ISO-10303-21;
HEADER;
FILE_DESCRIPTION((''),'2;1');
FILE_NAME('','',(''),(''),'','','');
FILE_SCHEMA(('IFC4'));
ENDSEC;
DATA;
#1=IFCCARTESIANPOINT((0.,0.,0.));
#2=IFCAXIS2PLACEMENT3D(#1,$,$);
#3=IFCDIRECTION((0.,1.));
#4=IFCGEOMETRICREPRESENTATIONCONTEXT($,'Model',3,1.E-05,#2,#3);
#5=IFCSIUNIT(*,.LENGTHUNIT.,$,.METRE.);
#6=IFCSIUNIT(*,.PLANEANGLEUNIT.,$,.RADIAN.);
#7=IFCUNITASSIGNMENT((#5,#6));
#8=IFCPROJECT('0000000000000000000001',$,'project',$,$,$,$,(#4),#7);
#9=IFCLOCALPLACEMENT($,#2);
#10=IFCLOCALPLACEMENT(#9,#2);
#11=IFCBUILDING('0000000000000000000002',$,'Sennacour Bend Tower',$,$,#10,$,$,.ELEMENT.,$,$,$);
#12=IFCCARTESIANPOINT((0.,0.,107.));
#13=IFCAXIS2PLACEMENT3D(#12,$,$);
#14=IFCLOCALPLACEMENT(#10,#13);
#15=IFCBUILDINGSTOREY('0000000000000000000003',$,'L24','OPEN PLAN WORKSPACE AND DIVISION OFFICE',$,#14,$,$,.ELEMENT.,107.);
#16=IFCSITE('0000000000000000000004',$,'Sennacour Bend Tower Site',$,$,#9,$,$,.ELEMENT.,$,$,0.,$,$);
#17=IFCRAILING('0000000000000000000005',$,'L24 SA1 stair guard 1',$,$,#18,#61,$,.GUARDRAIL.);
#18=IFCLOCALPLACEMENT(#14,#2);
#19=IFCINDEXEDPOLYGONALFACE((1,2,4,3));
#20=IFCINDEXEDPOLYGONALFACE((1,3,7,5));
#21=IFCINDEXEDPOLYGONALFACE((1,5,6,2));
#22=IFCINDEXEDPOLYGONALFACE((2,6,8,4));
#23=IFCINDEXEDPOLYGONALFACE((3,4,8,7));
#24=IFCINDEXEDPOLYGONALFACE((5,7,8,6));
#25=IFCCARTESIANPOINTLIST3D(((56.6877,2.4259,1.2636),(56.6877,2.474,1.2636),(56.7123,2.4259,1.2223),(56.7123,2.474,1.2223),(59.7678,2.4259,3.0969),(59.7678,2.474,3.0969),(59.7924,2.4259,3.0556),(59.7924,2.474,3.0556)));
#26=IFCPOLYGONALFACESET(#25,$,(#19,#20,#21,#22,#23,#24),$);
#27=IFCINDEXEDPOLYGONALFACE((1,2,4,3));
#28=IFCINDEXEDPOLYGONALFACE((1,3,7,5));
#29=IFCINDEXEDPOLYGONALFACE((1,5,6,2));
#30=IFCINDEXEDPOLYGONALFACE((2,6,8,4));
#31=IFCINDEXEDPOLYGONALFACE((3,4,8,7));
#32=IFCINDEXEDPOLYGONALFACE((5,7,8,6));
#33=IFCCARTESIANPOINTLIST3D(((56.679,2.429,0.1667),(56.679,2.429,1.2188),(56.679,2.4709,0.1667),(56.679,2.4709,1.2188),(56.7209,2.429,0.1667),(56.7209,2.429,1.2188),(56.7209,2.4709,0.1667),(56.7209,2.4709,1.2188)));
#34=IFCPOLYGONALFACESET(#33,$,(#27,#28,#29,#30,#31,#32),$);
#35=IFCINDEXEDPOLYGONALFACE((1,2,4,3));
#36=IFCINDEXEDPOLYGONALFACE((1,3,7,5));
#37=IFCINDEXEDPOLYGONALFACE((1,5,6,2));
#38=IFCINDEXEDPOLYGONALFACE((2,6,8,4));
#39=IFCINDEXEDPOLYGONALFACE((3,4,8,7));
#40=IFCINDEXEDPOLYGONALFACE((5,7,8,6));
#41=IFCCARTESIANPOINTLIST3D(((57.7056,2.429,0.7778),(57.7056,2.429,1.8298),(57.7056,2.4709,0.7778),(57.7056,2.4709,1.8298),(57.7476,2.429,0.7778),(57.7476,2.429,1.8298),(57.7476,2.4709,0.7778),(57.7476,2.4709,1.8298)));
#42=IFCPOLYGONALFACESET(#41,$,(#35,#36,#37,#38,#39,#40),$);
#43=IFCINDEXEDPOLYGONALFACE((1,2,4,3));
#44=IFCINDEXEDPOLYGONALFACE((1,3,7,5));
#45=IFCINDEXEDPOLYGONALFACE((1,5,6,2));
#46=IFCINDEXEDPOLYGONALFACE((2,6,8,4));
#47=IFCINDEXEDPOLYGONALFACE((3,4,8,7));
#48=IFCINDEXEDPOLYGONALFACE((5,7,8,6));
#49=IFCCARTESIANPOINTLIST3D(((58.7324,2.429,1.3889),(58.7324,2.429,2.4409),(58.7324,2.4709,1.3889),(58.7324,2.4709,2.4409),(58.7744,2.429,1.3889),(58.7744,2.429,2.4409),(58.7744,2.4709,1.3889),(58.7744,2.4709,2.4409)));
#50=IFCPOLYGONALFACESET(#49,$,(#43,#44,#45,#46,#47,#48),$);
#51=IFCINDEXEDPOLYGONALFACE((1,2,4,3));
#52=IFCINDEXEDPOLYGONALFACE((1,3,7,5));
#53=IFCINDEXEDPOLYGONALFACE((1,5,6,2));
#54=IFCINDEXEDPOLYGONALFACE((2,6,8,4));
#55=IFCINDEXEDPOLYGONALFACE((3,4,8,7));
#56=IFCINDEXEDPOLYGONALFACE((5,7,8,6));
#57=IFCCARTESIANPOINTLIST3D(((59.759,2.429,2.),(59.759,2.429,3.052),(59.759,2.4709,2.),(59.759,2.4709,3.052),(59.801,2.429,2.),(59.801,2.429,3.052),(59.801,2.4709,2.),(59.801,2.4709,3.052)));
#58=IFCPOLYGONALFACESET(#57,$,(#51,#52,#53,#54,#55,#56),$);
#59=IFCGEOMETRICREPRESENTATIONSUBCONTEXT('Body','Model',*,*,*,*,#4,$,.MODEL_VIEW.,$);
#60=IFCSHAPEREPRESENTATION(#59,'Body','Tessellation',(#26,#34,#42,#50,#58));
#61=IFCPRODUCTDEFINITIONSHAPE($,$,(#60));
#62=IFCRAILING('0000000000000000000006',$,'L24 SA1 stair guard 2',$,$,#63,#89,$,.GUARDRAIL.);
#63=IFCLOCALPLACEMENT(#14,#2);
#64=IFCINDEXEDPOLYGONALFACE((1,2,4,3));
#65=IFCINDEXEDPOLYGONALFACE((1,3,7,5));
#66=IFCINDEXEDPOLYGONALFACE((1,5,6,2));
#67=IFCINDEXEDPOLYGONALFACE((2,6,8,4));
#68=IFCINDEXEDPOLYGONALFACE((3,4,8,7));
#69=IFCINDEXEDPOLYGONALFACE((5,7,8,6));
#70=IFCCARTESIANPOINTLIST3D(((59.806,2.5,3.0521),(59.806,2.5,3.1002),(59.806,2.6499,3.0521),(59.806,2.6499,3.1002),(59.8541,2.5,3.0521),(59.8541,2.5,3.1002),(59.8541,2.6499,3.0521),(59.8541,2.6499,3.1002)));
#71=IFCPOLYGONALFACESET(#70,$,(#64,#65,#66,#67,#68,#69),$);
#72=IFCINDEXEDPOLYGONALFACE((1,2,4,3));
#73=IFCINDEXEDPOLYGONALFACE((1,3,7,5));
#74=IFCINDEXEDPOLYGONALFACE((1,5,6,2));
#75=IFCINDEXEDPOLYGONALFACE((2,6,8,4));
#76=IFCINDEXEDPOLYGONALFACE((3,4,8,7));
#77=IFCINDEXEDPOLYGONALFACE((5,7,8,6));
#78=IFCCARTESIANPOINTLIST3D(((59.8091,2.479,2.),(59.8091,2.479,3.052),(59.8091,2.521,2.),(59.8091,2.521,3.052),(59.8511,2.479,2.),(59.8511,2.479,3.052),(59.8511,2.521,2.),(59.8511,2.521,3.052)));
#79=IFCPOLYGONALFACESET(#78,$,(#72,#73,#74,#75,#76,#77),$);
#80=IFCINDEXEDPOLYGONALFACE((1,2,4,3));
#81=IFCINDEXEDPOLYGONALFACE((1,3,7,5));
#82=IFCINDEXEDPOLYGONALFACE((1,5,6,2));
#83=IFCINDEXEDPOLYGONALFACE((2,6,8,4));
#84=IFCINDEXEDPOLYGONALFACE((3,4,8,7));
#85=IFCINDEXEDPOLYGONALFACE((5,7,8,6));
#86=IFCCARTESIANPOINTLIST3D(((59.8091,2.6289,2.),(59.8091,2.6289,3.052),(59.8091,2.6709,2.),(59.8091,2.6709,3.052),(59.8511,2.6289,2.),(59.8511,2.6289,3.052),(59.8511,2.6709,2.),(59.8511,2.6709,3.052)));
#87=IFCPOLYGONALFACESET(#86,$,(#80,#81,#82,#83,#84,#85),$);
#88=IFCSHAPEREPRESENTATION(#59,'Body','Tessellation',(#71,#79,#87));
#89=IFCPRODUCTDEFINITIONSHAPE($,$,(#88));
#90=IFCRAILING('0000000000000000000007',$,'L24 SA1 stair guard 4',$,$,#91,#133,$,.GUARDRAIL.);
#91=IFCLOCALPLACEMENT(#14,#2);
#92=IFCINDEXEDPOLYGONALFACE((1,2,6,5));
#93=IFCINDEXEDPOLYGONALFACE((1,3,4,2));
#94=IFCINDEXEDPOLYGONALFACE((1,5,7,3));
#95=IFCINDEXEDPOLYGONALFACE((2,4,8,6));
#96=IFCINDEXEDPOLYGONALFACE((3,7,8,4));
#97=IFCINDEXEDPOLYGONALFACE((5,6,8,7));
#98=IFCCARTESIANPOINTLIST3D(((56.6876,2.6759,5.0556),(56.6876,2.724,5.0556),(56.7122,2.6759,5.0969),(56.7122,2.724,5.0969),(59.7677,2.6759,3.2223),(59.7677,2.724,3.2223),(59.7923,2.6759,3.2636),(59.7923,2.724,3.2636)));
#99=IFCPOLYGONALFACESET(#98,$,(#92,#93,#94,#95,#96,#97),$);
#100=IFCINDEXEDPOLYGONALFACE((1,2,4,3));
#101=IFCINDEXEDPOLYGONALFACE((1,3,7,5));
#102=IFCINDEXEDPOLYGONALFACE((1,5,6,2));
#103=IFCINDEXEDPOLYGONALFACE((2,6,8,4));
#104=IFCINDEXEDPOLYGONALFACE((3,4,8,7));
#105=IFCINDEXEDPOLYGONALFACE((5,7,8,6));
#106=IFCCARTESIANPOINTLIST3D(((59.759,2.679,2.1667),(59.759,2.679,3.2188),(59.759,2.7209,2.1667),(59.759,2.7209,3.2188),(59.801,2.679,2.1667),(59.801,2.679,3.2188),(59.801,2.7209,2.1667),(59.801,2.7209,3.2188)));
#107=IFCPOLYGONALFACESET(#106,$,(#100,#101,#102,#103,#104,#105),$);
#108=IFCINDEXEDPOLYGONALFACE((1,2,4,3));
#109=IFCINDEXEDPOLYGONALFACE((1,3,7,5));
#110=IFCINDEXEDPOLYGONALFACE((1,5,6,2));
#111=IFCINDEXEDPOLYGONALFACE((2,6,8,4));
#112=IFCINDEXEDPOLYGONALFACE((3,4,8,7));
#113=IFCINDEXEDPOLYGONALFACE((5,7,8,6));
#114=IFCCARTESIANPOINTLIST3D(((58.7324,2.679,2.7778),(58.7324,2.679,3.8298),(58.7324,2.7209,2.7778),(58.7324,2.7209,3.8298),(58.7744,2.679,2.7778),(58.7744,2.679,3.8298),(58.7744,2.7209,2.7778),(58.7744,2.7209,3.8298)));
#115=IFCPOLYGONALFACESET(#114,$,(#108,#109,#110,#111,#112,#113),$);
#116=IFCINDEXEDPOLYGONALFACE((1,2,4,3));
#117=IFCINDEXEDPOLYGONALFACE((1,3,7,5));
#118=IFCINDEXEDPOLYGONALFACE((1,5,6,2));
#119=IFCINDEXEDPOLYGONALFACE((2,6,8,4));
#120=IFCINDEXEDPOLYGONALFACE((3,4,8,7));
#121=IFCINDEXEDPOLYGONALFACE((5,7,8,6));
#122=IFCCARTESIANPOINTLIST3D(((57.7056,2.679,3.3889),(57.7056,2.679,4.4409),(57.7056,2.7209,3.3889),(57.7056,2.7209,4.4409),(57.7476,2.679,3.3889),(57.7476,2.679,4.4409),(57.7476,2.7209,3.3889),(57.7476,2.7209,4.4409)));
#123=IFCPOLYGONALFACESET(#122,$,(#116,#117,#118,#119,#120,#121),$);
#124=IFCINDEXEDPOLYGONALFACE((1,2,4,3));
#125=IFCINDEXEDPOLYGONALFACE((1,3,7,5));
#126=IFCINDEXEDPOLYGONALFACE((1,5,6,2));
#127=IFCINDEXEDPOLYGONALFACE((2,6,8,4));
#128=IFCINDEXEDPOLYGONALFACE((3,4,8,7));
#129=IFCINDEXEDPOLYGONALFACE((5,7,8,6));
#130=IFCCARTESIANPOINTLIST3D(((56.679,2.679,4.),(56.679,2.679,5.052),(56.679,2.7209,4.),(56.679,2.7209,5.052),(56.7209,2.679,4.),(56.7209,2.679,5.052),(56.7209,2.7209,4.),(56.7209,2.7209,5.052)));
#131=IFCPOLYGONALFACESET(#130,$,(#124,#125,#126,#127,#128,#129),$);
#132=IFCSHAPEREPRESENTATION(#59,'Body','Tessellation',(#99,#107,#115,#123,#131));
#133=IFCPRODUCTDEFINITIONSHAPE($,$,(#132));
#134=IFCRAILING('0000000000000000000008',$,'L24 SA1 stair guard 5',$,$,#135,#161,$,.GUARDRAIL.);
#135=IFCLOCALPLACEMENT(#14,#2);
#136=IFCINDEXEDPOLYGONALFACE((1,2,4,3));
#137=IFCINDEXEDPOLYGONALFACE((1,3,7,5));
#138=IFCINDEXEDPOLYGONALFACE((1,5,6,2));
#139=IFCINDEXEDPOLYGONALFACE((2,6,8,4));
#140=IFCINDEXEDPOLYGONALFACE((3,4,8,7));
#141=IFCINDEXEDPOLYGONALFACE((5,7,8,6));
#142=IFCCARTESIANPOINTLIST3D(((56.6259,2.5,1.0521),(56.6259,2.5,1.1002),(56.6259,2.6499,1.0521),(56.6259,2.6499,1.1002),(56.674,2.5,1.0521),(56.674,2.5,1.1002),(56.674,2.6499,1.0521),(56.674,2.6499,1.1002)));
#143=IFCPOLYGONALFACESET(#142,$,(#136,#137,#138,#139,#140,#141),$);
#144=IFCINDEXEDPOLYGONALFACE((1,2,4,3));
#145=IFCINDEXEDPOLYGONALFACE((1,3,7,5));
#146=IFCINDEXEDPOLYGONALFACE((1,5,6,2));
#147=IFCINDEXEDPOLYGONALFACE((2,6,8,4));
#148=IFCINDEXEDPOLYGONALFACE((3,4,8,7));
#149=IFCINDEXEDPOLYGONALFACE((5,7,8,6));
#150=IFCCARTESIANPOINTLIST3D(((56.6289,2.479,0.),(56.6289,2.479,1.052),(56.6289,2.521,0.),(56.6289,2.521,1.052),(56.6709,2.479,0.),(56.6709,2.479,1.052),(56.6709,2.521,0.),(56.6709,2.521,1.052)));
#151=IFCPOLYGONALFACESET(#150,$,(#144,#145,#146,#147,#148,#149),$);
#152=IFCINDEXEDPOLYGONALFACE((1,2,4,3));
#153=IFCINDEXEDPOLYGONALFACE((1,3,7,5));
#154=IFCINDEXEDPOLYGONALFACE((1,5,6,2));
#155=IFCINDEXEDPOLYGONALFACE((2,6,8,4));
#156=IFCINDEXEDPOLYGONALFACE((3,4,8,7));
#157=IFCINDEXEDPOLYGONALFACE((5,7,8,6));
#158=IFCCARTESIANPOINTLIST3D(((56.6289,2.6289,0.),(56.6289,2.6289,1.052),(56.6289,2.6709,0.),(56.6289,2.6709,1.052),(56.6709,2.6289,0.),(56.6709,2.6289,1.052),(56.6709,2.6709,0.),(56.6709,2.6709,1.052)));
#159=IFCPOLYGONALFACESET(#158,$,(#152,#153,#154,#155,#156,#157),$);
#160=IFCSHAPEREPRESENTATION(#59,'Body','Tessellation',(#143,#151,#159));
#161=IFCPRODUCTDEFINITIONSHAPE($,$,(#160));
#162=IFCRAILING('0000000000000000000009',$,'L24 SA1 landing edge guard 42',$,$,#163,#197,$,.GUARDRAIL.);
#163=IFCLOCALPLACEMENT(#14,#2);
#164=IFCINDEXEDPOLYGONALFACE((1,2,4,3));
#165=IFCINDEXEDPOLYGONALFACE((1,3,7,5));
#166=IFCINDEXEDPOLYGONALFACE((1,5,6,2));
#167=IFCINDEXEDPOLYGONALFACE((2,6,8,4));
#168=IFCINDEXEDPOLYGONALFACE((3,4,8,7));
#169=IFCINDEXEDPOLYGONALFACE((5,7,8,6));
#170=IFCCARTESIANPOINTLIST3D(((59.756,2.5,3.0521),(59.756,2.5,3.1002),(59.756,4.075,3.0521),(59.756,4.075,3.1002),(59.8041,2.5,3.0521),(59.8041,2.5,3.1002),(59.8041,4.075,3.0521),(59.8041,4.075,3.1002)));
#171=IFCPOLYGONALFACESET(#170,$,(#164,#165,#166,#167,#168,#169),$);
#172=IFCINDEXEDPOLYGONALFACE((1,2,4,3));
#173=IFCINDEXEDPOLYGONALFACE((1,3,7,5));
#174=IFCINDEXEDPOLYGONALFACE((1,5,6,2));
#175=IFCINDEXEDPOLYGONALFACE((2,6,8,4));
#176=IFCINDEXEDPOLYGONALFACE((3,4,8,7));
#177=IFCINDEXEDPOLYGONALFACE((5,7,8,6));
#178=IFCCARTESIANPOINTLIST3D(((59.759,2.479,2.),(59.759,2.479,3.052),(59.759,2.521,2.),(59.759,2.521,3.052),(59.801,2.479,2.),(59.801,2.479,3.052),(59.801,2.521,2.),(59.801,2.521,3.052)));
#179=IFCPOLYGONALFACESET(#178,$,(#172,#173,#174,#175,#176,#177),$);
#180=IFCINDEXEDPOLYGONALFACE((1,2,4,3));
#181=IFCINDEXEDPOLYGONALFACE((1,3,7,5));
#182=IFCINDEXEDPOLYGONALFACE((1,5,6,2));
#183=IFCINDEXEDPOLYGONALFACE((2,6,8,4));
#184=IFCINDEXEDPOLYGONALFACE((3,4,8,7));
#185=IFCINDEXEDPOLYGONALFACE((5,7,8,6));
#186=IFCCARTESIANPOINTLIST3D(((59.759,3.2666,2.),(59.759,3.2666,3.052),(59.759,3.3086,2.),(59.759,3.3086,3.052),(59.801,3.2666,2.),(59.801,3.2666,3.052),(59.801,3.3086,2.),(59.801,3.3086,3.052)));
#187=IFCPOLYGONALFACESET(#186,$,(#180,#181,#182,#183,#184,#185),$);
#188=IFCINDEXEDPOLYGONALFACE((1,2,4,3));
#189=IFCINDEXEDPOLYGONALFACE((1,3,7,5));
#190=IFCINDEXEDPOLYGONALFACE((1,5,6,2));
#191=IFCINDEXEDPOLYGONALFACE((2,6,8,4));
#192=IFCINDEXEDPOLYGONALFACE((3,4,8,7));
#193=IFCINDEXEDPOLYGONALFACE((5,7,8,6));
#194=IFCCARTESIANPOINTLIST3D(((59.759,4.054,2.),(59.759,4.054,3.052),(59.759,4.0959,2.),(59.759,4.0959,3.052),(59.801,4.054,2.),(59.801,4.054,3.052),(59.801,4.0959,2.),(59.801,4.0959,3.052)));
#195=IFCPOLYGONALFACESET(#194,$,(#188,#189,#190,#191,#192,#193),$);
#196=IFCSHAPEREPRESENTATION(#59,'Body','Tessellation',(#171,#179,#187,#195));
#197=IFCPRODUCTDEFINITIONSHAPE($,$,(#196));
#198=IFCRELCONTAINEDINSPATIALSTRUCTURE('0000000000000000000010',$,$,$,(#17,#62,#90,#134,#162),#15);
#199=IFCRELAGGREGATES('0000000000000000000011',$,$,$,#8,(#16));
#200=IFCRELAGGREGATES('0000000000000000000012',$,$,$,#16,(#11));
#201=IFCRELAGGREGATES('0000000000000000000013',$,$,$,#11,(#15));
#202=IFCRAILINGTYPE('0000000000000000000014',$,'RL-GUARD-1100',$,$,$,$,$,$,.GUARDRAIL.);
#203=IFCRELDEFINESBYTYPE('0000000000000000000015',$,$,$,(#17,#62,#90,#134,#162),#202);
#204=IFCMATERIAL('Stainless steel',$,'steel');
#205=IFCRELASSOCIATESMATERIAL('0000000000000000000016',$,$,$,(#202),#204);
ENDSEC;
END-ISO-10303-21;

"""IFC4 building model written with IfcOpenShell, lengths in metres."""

from ifc_helpers import new_model, si_unit, direction, frame, origin, origin_2d, place, context, subcontext, project, spatial, rectangle, extrude, material, type_object, element, save


model = new_model("IFC4")

# Units and contexts
model_context = context("Model", 3, precision=1e-05, world=origin(), true_north=direction((0.0, 1.0)))
body_context = subcontext(model_context, "Body", "Model", "MODEL_VIEW")
ifc_project = project(units=[si_unit("LENGTHUNIT", "METRE"), si_unit("PLANEANGLEUNIT", "RADIAN")], contexts=[model_context])

# Site, building, storey
site_placement = place(None, origin())
site = spatial("IfcSite", under=ifc_project, at=site_placement, Name="Sennacour Bend Tower Site", CompositionType="ELEMENT", RefElevation=0.0)
building_placement = place(site_placement, origin())
building = spatial("IfcBuilding", under=site, at=building_placement, Name="Sennacour Bend Tower", CompositionType="ELEMENT")
storey_placement = place(building_placement, frame((0.0, 0.0, 107.0)))
storey = spatial("IfcBuildingStorey", under=building, at=storey_placement, Name="L24", Description="OPEN PLAN WORKSPACE AND DIVISION OFFICE", CompositionType="ELEMENT", Elevation=107.0)

# Shared definitions
ifc_material_1 = material(Name="Stainless steel", Category="steel")

# Railings
railing_type_1 = type_object("IfcRailingType", Name="RL-GUARD-1100", PredefinedType="GUARDRAIL", material=ifc_material_1)
railing_1_placement = place(storey_placement, frame((56.7, 2.45, 0.1667)))
element("IfcRailing", 1, at=railing_1_placement, inside=storey, type_object=railing_type_1, Name="L24 SA1 stair guard 1", PredefinedType="GUARDRAIL", context=body_context, shape_type="SweptSolid", body=[
    extrude(rectangle(XDim=0.0481, YDim=0.0481, at=origin_2d()), frame((0.0, 0.0, 1.0762), z_axis=(0.859309, 0.0, 0.511458), x_axis=(0.0, 1.0, 0.0)), (0.0, 0.0, 1.0), 3.5845),
    extrude(rectangle(XDim=0.042, YDim=0.042, at=origin_2d()), origin(), (0.0, 0.0, 1.0), 1.052),
    extrude(rectangle(XDim=0.042, YDim=0.042, at=origin_2d()), frame((1.0266, 0.0, 0.6111)), (0.0, 0.0, 1.0), 1.052),
    extrude(rectangle(XDim=0.042, YDim=0.042, at=origin_2d()), frame((2.0535, 0.0, 1.2222)), (0.0, 0.0, 1.0), 1.052),
    extrude(rectangle(XDim=0.042, YDim=0.042, at=origin_2d()), frame((3.0801, 0.0, 1.8333)), (0.0, 0.0, 1.0), 1.052),
])
railing_2_placement = place(storey_placement, frame((59.8301, 2.5, 2.0)))
element("IfcRailing", 2, at=railing_2_placement, inside=storey, type_object=railing_type_1, Name="L24 SA1 stair guard 2", PredefinedType="GUARDRAIL", context=body_context, shape_type="SweptSolid", body=[
    extrude(rectangle(XDim=0.0481, YDim=0.0481, at=origin_2d()), frame((0.0, 0.0, 1.0762), z_axis=(0.0, 1.0, 0.0), x_axis=(-1.0, 0.0, 0.0)), (0.0, 0.0, 1.0), 0.1499),
    extrude(rectangle(XDim=0.042, YDim=0.042, at=origin_2d()), origin(), (0.0, 0.0, 1.0), 1.052),
    extrude(rectangle(XDim=0.042, YDim=0.042, at=origin_2d()), frame((0.0, 0.1499, 0.0)), (0.0, 0.0, 1.0), 1.052),
])
railing_3_placement = place(storey_placement, frame((59.78, 2.7, 2.1667)))
element("IfcRailing", 3, at=railing_3_placement, inside=storey, type_object=railing_type_1, Name="L24 SA1 stair guard 4", PredefinedType="GUARDRAIL", context=body_context, shape_type="SweptSolid", body=[
    extrude(rectangle(XDim=0.0481, YDim=0.0481, at=origin_2d()), frame((0.0, 0.0, 1.0762), z_axis=(-0.859309, 0.0, 0.511458), x_axis=(0.0, -1.0, 0.0)), (0.0, 0.0, 1.0), 3.5845),
    extrude(rectangle(XDim=0.042, YDim=0.042, at=origin_2d()), origin(), (0.0, 0.0, 1.0), 1.052),
    extrude(rectangle(XDim=0.042, YDim=0.042, at=origin_2d()), frame((-1.0266, 0.0, 0.6111)), (0.0, 0.0, 1.0), 1.052),
    extrude(rectangle(XDim=0.042, YDim=0.042, at=origin_2d()), frame((-2.0535, 0.0, 1.2222)), (0.0, 0.0, 1.0), 1.052),
    extrude(rectangle(XDim=0.042, YDim=0.042, at=origin_2d()), frame((-3.0801, 0.0, 1.8333)), (0.0, 0.0, 1.0), 1.052),
])
railing_4_placement = place(storey_placement, frame((56.6499, 2.5, 0.0)))
element("IfcRailing", 4, at=railing_4_placement, inside=storey, type_object=railing_type_1, Name="L24 SA1 stair guard 5", PredefinedType="GUARDRAIL", context=body_context, shape_type="SweptSolid", body=[
    extrude(rectangle(XDim=0.0481, YDim=0.0481, at=origin_2d()), frame((0.0, 0.0, 1.0762), z_axis=(0.0, 1.0, 0.0), x_axis=(-1.0, 0.0, 0.0)), (0.0, 0.0, 1.0), 0.1499),
    extrude(rectangle(XDim=0.042, YDim=0.042, at=origin_2d()), origin(), (0.0, 0.0, 1.0), 1.052),
    extrude(rectangle(XDim=0.042, YDim=0.042, at=origin_2d()), frame((0.0, 0.1499, 0.0)), (0.0, 0.0, 1.0), 1.052),
])
railing_5_placement = place(storey_placement, frame((59.78, 2.5, 2.0)))
element("IfcRailing", 5, at=railing_5_placement, inside=storey, type_object=railing_type_1, Name="L24 SA1 landing edge guard 42", PredefinedType="GUARDRAIL", context=body_context, shape_type="SweptSolid", body=[
    extrude(rectangle(XDim=0.0481, YDim=0.0481, at=origin_2d()), frame((0.0, 0.0, 1.0762), z_axis=(0.0, 1.0, 0.0), x_axis=(-1.0, 0.0, 0.0)), (0.0, 0.0, 1.0), 1.575),
    extrude(rectangle(XDim=0.042, YDim=0.042, at=origin_2d()), origin(), (0.0, 0.0, 1.0), 1.052),
    extrude(rectangle(XDim=0.042, YDim=0.042, at=origin_2d()), frame((0.0, 0.7876, 0.0)), (0.0, 0.0, 1.0), 1.052),
    extrude(rectangle(XDim=0.042, YDim=0.042, at=origin_2d()), frame((0.0, 1.575, 0.0)), (0.0, 0.0, 1.0), 1.052),
])

save(model, "model.ifc")
